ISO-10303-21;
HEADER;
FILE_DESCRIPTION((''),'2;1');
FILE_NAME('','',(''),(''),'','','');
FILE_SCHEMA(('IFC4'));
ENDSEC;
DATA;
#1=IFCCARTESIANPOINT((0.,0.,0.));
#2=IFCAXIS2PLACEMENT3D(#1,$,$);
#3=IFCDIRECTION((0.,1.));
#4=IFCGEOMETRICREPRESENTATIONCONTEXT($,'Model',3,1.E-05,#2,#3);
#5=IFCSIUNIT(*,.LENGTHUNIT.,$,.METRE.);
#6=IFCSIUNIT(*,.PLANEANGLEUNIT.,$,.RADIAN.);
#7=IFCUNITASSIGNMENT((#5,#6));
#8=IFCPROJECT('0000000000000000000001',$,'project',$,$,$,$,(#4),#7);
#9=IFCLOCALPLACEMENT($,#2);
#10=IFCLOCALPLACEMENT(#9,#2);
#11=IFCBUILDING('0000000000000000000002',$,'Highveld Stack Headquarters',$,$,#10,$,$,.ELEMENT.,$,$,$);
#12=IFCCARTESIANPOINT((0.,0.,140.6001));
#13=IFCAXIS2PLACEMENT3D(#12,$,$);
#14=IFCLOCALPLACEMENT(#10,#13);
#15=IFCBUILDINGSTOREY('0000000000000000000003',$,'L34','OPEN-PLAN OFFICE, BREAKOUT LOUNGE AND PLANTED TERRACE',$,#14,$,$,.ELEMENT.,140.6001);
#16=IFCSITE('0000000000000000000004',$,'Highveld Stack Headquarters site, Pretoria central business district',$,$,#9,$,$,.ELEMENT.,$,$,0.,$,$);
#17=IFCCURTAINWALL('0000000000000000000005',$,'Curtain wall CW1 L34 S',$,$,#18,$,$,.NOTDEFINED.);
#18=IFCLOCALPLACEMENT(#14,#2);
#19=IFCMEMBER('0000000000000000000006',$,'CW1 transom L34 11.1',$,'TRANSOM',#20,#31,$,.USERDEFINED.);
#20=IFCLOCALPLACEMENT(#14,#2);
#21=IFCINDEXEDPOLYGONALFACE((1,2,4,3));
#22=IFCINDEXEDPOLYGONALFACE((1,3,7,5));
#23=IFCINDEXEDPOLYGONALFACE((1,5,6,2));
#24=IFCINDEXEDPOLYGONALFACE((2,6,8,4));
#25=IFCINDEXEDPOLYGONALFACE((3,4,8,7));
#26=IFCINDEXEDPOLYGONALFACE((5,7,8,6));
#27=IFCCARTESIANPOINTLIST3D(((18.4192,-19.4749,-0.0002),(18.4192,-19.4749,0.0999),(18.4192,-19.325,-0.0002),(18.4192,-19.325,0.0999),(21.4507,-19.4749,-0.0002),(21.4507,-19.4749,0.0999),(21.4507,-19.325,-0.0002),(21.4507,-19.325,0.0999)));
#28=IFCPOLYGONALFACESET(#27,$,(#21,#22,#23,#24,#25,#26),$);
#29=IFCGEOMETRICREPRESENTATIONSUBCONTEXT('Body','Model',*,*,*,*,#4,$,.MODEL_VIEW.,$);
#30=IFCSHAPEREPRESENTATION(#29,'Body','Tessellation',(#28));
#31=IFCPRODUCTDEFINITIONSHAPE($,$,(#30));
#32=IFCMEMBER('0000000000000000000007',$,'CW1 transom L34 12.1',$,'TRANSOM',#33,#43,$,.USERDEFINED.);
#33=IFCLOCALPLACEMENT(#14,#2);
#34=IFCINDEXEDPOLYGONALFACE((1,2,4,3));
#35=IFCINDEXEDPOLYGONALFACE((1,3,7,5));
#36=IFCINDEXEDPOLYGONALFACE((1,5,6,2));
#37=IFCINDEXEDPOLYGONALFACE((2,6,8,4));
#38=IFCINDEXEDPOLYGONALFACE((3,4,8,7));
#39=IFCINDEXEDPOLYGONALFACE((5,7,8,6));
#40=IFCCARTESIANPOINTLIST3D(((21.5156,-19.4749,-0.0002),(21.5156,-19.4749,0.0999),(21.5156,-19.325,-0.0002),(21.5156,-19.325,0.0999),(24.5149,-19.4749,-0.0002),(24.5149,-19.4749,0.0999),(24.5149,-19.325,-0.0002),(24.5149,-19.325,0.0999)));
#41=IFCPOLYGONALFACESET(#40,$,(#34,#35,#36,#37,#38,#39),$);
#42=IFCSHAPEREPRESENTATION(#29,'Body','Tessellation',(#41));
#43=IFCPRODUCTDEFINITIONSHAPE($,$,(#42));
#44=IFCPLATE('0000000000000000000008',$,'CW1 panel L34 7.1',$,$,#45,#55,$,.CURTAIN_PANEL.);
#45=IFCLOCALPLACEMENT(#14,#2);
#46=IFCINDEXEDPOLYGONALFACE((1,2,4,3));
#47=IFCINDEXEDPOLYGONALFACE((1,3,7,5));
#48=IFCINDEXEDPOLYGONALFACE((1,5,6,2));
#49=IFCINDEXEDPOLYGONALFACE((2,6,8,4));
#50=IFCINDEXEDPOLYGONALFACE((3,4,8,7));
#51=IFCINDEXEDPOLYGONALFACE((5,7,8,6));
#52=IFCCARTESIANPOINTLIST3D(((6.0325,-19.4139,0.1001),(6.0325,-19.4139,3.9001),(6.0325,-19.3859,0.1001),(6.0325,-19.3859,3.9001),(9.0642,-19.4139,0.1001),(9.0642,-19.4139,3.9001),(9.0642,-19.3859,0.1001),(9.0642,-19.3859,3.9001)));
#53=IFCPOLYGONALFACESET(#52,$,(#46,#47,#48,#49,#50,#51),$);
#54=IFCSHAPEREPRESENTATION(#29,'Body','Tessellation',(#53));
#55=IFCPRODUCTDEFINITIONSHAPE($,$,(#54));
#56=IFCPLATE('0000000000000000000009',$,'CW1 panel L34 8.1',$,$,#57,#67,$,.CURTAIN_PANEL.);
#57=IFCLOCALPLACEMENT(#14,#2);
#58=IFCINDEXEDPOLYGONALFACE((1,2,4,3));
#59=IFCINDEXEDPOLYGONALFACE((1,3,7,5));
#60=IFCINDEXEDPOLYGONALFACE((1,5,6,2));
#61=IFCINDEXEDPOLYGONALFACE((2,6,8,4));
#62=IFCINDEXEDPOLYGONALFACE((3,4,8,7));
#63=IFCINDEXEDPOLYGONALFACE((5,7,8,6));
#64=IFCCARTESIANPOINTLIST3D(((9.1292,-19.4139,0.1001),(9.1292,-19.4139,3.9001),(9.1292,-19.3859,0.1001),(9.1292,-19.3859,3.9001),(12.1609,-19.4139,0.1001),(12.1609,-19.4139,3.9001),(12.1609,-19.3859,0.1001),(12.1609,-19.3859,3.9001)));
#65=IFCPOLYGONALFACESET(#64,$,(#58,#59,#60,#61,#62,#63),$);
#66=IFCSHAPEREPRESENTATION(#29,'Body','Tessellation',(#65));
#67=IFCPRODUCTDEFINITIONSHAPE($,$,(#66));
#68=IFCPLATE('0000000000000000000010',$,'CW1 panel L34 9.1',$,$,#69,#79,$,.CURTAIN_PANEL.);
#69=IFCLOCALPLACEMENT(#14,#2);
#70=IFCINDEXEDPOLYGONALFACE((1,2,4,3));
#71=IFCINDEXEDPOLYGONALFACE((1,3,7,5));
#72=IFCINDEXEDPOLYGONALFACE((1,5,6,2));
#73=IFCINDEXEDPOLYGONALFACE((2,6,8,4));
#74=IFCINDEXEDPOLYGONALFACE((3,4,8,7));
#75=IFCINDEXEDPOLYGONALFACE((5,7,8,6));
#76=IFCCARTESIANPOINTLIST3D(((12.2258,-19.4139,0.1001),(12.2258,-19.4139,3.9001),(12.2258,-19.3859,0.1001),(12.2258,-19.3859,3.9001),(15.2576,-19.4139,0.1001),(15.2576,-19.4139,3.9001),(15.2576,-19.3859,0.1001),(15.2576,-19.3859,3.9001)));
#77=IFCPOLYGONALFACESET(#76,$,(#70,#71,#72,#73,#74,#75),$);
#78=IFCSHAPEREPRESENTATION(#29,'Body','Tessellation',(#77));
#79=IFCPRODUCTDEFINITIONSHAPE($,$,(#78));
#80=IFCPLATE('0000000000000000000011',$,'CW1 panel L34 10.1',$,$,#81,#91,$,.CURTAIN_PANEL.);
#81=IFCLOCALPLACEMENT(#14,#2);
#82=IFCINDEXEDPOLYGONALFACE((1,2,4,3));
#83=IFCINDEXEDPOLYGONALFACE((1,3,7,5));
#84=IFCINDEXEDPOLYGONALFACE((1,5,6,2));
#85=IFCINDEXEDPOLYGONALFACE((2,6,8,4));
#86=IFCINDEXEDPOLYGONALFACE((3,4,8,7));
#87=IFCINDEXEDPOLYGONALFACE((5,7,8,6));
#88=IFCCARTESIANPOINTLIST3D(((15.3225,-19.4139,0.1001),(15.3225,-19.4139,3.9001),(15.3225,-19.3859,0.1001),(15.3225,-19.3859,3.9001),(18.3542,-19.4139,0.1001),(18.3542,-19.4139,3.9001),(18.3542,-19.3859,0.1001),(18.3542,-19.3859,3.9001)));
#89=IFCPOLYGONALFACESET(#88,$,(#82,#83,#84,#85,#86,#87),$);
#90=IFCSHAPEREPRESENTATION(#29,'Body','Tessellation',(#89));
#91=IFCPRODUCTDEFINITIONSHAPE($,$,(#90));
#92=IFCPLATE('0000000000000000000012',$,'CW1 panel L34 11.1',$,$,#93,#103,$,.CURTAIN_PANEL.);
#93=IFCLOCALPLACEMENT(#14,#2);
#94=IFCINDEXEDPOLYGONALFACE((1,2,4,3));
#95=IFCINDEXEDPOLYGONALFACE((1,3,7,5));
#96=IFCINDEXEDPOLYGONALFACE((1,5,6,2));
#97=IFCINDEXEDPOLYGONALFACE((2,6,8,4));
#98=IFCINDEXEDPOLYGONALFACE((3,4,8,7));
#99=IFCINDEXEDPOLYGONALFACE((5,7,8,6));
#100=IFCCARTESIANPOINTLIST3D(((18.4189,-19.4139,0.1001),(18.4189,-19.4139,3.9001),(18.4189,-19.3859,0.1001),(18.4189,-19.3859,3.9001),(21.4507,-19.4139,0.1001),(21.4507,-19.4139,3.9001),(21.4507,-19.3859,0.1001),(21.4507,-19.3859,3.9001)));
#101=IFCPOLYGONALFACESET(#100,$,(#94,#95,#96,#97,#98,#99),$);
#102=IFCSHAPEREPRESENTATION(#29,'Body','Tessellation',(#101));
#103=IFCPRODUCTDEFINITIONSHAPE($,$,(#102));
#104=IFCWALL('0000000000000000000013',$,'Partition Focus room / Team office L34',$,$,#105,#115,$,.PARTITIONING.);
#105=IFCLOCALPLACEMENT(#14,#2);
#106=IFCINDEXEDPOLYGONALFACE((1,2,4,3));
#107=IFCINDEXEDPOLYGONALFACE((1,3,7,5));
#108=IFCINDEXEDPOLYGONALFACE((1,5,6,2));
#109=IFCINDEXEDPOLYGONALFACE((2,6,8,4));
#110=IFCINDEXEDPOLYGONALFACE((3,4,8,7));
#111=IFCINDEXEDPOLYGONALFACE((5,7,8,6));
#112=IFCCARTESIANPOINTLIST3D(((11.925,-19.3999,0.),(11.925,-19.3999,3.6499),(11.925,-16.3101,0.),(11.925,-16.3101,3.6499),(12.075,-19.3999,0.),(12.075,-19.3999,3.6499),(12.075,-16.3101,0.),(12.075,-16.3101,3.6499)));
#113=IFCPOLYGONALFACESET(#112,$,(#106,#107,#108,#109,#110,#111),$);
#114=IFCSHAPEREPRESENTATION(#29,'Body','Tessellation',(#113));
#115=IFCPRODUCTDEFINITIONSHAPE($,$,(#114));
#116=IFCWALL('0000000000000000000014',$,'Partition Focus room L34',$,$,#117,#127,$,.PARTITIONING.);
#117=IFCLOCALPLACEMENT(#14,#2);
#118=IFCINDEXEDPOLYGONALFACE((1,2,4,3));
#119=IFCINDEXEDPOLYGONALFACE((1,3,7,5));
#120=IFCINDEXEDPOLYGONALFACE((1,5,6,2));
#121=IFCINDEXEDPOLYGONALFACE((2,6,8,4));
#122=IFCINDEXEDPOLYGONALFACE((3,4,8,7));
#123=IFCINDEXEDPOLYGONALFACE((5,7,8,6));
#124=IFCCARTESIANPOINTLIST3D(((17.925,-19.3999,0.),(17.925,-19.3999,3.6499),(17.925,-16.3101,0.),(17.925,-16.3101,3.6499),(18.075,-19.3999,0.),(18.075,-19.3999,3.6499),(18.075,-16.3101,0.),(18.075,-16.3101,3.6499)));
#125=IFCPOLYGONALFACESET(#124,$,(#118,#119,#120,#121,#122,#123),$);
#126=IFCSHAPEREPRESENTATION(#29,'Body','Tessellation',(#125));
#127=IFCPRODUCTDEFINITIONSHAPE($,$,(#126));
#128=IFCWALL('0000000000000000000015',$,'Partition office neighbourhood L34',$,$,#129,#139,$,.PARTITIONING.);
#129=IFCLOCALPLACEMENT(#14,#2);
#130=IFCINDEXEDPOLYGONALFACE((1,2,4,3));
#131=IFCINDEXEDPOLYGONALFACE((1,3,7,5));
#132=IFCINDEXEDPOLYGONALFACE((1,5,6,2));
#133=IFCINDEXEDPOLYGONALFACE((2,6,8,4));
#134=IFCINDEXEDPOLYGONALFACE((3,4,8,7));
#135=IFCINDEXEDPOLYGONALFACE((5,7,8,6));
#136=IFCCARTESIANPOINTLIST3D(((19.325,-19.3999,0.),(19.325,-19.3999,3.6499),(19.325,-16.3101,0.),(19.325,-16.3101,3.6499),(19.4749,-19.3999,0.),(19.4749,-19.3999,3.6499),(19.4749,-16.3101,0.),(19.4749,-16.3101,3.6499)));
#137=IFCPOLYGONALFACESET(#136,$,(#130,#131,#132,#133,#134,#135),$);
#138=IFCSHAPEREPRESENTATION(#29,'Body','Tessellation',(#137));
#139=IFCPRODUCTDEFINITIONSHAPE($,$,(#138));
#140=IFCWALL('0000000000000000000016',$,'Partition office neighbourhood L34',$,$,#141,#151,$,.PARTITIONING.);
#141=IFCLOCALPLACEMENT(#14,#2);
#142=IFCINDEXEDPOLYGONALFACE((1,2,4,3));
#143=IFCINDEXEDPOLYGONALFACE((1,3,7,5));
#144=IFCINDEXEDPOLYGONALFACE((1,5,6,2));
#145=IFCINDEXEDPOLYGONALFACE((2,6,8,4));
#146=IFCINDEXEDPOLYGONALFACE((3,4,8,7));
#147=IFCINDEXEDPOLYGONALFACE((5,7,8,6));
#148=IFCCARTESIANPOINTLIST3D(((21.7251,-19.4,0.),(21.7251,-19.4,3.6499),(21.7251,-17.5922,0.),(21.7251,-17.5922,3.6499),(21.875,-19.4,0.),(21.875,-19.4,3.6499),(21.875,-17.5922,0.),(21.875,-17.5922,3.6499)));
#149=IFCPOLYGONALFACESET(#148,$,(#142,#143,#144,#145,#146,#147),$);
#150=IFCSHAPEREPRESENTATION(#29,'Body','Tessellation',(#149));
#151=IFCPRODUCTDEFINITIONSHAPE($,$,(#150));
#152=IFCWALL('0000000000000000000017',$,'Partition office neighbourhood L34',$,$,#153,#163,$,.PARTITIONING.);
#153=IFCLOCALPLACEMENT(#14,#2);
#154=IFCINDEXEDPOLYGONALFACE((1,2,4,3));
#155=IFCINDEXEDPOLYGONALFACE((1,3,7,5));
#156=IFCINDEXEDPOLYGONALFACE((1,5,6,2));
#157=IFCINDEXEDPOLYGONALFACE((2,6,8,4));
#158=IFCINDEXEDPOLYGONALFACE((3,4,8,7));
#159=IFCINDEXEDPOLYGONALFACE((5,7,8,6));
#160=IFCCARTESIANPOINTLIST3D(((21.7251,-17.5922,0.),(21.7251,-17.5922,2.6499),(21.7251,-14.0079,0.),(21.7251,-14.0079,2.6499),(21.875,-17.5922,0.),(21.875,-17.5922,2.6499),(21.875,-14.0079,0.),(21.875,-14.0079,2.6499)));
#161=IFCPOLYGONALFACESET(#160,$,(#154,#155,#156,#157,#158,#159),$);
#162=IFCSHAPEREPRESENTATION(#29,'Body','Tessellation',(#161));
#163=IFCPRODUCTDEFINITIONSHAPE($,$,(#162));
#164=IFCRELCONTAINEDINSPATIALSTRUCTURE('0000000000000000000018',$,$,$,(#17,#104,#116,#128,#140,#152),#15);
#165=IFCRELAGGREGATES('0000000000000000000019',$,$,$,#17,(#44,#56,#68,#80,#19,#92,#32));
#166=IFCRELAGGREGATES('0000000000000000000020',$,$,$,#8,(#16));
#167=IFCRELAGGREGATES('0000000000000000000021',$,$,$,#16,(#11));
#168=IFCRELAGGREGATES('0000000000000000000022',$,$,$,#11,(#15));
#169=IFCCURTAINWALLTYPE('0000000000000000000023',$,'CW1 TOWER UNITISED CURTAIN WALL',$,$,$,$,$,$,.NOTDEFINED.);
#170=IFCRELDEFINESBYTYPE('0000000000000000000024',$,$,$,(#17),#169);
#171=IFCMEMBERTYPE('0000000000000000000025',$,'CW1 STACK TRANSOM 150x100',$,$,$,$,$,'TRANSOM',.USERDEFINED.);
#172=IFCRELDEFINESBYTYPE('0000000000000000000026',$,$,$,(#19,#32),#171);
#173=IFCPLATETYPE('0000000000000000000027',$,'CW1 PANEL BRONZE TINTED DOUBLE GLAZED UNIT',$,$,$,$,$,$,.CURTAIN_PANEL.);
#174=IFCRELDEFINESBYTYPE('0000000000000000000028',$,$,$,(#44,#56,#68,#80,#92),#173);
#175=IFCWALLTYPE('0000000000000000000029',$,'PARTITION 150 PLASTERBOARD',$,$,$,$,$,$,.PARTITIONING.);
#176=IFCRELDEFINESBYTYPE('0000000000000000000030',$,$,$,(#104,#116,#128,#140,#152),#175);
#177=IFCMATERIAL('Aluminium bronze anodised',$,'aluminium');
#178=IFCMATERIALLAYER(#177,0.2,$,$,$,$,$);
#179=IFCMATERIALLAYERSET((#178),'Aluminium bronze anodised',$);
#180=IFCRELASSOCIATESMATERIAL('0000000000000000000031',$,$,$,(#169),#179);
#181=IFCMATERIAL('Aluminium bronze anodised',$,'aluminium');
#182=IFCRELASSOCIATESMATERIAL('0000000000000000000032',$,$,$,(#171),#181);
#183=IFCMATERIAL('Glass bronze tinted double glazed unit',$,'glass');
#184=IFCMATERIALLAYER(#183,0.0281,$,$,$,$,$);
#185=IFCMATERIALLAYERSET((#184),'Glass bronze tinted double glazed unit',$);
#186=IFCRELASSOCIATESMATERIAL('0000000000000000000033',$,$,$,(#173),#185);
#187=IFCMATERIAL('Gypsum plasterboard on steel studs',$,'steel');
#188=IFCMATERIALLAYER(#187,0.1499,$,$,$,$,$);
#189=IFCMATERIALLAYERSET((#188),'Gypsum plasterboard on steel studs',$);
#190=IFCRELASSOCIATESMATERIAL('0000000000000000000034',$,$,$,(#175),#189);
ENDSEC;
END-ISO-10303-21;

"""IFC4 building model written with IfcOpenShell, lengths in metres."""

from ifc_helpers import new_model, si_unit, direction, frame, frame_2d, origin, origin_2d, place, context, subcontext, project, spatial, rectangle, extrude, material, layer, layer_set, material_profile, profile_set, type_object, element, aggregate, save


model = new_model("IFC4")

# Units and contexts
model_context = context("Model", 3, precision=1e-05, world=origin(), true_north=direction((0.0, 1.0)))
body_context = subcontext(model_context, "Body", "Model", "MODEL_VIEW")
ifc_project = project(units=[si_unit("LENGTHUNIT", "METRE"), si_unit("PLANEANGLEUNIT", "RADIAN")], contexts=[model_context])

# Site, building, storey
site_placement = place(None, origin())
site = spatial("IfcSite", under=ifc_project, at=site_placement, Name="Highveld Stack Headquarters site, Pretoria central business district", CompositionType="ELEMENT", RefElevation=0.0)
building_placement = place(site_placement, origin())
building = spatial("IfcBuilding", under=site, at=building_placement, Name="Highveld Stack Headquarters", CompositionType="ELEMENT")
storey_placement = place(building_placement, frame((0.0, 0.0, 140.6001)))
storey = spatial("IfcBuildingStorey", under=building, at=storey_placement, Name="L34", Description="OPEN-PLAN OFFICE, BREAKOUT LOUNGE AND PLANTED TERRACE", CompositionType="ELEMENT", Elevation=140.6001)

# Curtain wall, members, plates
ifc_material_1 = material(Name="Aluminium bronze anodised", Category="aluminium")
ifc_layer_1 = layer(ifc_material_1, 0.2)
ifc_layer_set_1 = layer_set([ifc_layer_1], Name="Aluminium bronze anodised")
curtain_wall_type = type_object("IfcCurtainWallType", Name="CW1 TOWER UNITISED CURTAIN WALL", PredefinedType="NOTDEFINED", material=ifc_layer_set_1)
curtain_wall_placement = place(storey_placement, origin())
curtain_wall = element("IfcCurtainWall", 1, at=curtain_wall_placement, inside=storey, type_object=curtain_wall_type, Name="Curtain wall CW1 L34 S", PredefinedType="NOTDEFINED")
ifc_material_2 = material(Name="Aluminium bronze anodised", Category="aluminium")
ifc_material_profile_1 = material_profile(ifc_material_2, rectangle(XDim=0.1499, YDim=0.1001, at=origin_2d()), Name="CW1 TRANSOM 150x100")
ifc_profile_set_1 = profile_set([ifc_material_profile_1], Name="Aluminium bronze anodised")
member_type_1 = type_object("IfcMemberType", Name="CW1 STACK TRANSOM 150x100", ElementType="TRANSOM", PredefinedType="USERDEFINED", material=ifc_profile_set_1)
member_1_placement = place(storey_placement, frame((18.4192, -19.3999, 0.0498), z_axis=(1.0, 0.0, 0.0), x_axis=(0.0, 1.0, 0.0)))
member_1 = element("IfcMember", 2, at=member_1_placement, type_object=member_type_1, Name="CW1 transom L34 11.1", ObjectType="TRANSOM", PredefinedType="USERDEFINED", context=body_context, shape_type="SweptSolid", body=[
    extrude(rectangle(XDim=0.1499, YDim=0.1001, at=origin_2d()), origin(), (0.0, 0.0, 1.0), 3.0315),
])
member_2_placement = place(storey_placement, frame((21.5156, -19.3999, 0.0498), z_axis=(1.0, 0.0, 0.0), x_axis=(0.0, 1.0, 0.0)))
member_2 = element("IfcMember", 3, at=member_2_placement, type_object=member_type_1, Name="CW1 transom L34 12.1", ObjectType="TRANSOM", PredefinedType="USERDEFINED", context=body_context, shape_type="SweptSolid", body=[
    extrude(rectangle(XDim=0.1499, YDim=0.1001, at=origin_2d()), origin(), (0.0, 0.0, 1.0), 2.9993),
])
ifc_material_3 = material(Name="Glass bronze tinted double glazed unit", Category="glass")
ifc_layer_2 = layer(ifc_material_3, 0.0281)
ifc_layer_set_2 = layer_set([ifc_layer_2], Name="Glass bronze tinted double glazed unit")
plate_type = type_object("IfcPlateType", Name="CW1 PANEL BRONZE TINTED DOUBLE GLAZED UNIT", PredefinedType="CURTAIN_PANEL", material=ifc_layer_set_2)
plate_1_placement = place(storey_placement, frame((7.5483, -19.3999, 0.1001), z_axis=(0.0, 0.0, 1.0), x_axis=(1.0, 0.0, 0.0)))
plate_1 = element("IfcPlate", 4, at=plate_1_placement, type_object=plate_type, Name="CW1 panel L34 7.1", PredefinedType="CURTAIN_PANEL", context=body_context, shape_type="SweptSolid", body=[
    extrude(rectangle(XDim=3.0317, YDim=0.0281, at=origin_2d()), origin(), (0.0, 0.0, 1.0), 3.8),
])
plate_2_placement = place(storey_placement, frame((10.645, -19.3999, 0.1001), z_axis=(0.0, 0.0, 1.0), x_axis=(1.0, 0.0, 0.0)))
plate_2 = element("IfcPlate", 5, at=plate_2_placement, type_object=plate_type, Name="CW1 panel L34 8.1", PredefinedType="CURTAIN_PANEL", context=body_context, shape_type="SweptSolid", body=[
    extrude(rectangle(XDim=3.0317, YDim=0.0281, at=origin_2d()), origin(), (0.0, 0.0, 1.0), 3.8),
])
plate_3_placement = place(storey_placement, frame((13.7417, -19.3999, 0.1001), z_axis=(0.0, 0.0, 1.0), x_axis=(1.0, 0.0, 0.0)))
plate_3 = element("IfcPlate", 6, at=plate_3_placement, type_object=plate_type, Name="CW1 panel L34 9.1", PredefinedType="CURTAIN_PANEL", context=body_context, shape_type="SweptSolid", body=[
    extrude(rectangle(XDim=3.0317, YDim=0.0281, at=origin_2d()), origin(), (0.0, 0.0, 1.0), 3.8),
])
plate_4_placement = place(storey_placement, frame((16.8384, -19.3999, 0.1001), z_axis=(0.0, 0.0, 1.0), x_axis=(1.0, 0.0, 0.0)))
plate_4 = element("IfcPlate", 7, at=plate_4_placement, type_object=plate_type, Name="CW1 panel L34 10.1", PredefinedType="CURTAIN_PANEL", context=body_context, shape_type="SweptSolid", body=[
    extrude(rectangle(XDim=3.0317, YDim=0.0281, at=origin_2d()), origin(), (0.0, 0.0, 1.0), 3.8),
])
plate_5_placement = place(storey_placement, frame((19.9348, -19.3999, 0.1001), z_axis=(0.0, 0.0, 1.0), x_axis=(1.0, 0.0, 0.0)))
plate_5 = element("IfcPlate", 8, at=plate_5_placement, type_object=plate_type, Name="CW1 panel L34 11.1", PredefinedType="CURTAIN_PANEL", context=body_context, shape_type="SweptSolid", body=[
    extrude(rectangle(XDim=3.0317, YDim=0.0281, at=origin_2d()), origin(), (0.0, 0.0, 1.0), 3.8),
])
aggregate(curtain_wall, [plate_1, plate_2, plate_3, plate_4, member_1, plate_5, member_2])

# Walls
ifc_material_4 = material(Name="Gypsum plasterboard on steel studs", Category="steel")
ifc_layer_3 = layer(ifc_material_4, 0.1499)
ifc_layer_set_3 = layer_set([ifc_layer_3], Name="Gypsum plasterboard on steel studs")
wall_type = type_object("IfcWallType", Name="PARTITION 150 PLASTERBOARD", PredefinedType="PARTITIONING", material=ifc_layer_set_3)
for number, where, z_axis, x_axis, name in (
    (9, (12.0, -19.3999, 0.0), (0.0, 0.0, 1.0), (0.0, 1.0, 0.0), "Partition Focus room / Team office L34"),
    (10, (18.0, -19.3999, 0.0), (0.0, 0.0, 1.0), (0.0, 1.0, 0.0), "Partition Focus room L34"),
    (11, (19.3999, -19.3999, 0.0), (0.0, 0.0, 1.0), (0.0, 1.0, 0.0), "Partition office neighbourhood L34"),
):
    element("IfcWall", number, at=place(storey_placement, frame(where, z_axis=z_axis, x_axis=x_axis)), inside=storey, type_object=wall_type, Name=name, PredefinedType="PARTITIONING", context=body_context, shape_type="SweptSolid", body=[
        extrude(rectangle(XDim=3.0898, YDim=0.1499, at=frame_2d((1.5449, 0.0))), origin(), (0.0, 0.0, 1.0), 3.6499),
    ])
wall_1_placement = place(storey_placement, frame((21.8, -19.3999, 0.0), z_axis=(0.0, 0.0, 1.0), x_axis=(0.0, 1.0, 0.0)))
element("IfcWall", 12, at=wall_1_placement, inside=storey, type_object=wall_type, Name="Partition office neighbourhood L34", PredefinedType="PARTITIONING", context=body_context, shape_type="SweptSolid", body=[
    extrude(rectangle(XDim=1.8079, YDim=0.1499, at=frame_2d((0.9038, 0.0))), origin(), (0.0, 0.0, 1.0), 3.6499),
])
wall_2_placement = place(storey_placement, frame((21.8, -17.592, 0.0), z_axis=(0.0, 0.0, 1.0), x_axis=(0.0, 1.0, 0.0)))
element("IfcWall", 13, at=wall_2_placement, inside=storey, type_object=wall_type, Name="Partition office neighbourhood L34", PredefinedType="PARTITIONING", context=body_context, shape_type="SweptSolid", body=[
    extrude(rectangle(XDim=3.5842, YDim=0.1499, at=frame_2d((1.792, 0.0))), origin(), (0.0, 0.0, 1.0), 2.6499),
])

save(model, "model.ifc")
